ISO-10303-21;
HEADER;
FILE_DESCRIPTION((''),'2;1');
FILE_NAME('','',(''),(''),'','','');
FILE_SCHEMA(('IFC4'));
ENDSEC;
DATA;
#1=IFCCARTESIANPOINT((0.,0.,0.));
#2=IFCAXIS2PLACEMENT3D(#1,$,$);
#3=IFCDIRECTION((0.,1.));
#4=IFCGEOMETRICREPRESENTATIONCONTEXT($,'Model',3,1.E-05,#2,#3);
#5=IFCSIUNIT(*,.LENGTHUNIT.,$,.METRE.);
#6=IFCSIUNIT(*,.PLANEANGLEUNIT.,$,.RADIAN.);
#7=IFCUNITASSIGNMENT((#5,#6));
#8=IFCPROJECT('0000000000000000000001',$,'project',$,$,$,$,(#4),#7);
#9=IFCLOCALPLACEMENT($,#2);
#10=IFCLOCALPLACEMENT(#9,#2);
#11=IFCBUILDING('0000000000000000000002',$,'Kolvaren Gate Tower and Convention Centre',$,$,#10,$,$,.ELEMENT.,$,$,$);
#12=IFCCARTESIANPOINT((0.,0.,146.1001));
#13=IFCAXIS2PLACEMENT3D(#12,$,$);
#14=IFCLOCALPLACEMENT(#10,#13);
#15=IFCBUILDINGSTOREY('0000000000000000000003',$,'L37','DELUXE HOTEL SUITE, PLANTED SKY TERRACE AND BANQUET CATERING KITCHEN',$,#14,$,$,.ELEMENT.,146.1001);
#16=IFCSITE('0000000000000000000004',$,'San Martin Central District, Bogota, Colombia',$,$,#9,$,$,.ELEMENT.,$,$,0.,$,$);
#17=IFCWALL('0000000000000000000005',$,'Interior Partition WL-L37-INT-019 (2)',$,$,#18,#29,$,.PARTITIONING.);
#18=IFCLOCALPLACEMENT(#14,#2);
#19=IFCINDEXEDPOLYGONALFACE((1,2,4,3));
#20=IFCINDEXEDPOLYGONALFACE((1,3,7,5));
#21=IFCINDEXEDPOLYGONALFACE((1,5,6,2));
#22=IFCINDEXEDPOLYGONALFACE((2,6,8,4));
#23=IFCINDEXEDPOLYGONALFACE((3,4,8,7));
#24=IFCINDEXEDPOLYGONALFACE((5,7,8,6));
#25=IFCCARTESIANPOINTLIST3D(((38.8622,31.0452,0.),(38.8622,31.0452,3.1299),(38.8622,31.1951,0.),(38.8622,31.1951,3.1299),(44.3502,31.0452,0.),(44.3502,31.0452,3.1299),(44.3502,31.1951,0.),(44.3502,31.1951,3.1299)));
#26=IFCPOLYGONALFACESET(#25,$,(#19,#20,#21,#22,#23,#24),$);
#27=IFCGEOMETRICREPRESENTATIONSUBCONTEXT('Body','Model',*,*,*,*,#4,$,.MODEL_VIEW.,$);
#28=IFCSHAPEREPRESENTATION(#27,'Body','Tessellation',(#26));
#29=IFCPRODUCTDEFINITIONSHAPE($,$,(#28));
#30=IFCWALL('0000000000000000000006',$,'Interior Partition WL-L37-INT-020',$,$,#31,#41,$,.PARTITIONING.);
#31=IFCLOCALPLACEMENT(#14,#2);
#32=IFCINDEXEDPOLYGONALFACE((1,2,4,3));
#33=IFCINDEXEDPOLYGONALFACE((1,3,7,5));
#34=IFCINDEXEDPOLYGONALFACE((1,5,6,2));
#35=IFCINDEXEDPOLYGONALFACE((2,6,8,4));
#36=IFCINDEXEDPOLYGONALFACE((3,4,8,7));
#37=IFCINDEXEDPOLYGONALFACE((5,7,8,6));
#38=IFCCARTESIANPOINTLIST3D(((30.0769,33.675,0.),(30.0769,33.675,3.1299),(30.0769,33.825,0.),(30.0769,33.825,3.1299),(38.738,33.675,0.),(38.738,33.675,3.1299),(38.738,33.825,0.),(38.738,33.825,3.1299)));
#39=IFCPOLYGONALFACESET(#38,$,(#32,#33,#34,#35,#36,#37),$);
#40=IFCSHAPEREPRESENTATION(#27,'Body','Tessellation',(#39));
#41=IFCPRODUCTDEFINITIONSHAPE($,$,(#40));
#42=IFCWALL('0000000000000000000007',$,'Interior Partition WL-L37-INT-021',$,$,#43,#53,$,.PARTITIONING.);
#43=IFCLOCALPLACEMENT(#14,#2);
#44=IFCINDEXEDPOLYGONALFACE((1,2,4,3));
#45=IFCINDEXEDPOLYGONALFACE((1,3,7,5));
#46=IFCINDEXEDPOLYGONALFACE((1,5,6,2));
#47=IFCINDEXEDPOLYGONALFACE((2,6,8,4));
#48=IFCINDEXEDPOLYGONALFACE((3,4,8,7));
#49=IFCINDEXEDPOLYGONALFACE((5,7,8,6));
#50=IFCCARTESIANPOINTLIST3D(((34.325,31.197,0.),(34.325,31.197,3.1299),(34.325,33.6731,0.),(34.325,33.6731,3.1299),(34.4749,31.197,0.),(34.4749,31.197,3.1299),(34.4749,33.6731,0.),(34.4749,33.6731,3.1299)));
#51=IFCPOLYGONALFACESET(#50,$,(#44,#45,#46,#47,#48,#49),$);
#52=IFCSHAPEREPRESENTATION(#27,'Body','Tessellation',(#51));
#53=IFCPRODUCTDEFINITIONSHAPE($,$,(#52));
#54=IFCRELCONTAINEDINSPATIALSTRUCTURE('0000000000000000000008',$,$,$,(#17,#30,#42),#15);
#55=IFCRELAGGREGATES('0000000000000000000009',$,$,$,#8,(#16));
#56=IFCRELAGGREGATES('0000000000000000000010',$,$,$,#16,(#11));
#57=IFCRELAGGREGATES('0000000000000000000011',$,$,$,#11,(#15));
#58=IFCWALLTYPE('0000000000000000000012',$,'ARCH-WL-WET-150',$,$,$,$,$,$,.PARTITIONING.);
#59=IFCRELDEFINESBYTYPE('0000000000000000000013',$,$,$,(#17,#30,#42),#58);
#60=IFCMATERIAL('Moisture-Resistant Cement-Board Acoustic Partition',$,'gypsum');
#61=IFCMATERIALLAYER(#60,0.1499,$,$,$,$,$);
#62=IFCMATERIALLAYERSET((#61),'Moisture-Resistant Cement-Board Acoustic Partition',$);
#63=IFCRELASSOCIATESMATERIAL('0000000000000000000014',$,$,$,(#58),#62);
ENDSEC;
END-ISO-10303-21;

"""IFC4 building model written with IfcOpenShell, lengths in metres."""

from ifc_helpers import new_model, si_unit, direction, frame, frame_2d, origin, place, context, subcontext, project, spatial, rectangle, extrude, material, layer, layer_set, type_object, element, save


model = new_model("IFC4")

# Units and contexts
model_context = context("Model", 3, precision=1e-05, world=origin(), true_north=direction((0.0, 1.0)))
body_context = subcontext(model_context, "Body", "Model", "MODEL_VIEW")
ifc_project = project(units=[si_unit("LENGTHUNIT", "METRE"), si_unit("PLANEANGLEUNIT", "RADIAN")], contexts=[model_context])

# Site, building, storey
site_placement = place(None, origin())
site = spatial("IfcSite", under=ifc_project, at=site_placement, Name="San Martin Central District, Bogota, Colombia", CompositionType="ELEMENT", RefElevation=0.0)
building_placement = place(site_placement, origin())
building = spatial("IfcBuilding", under=site, at=building_placement, Name="Kolvaren Gate Tower and Convention Centre", CompositionType="ELEMENT")
storey_placement = place(building_placement, frame((0.0, 0.0, 146.1001)))
storey = spatial("IfcBuildingStorey", under=building, at=storey_placement, Name="L37", Description="DELUXE HOTEL SUITE, PLANTED SKY TERRACE AND BANQUET CATERING KITCHEN", CompositionType="ELEMENT", Elevation=146.1001)

# Shared definitions
ifc_material_1 = material(Name="Moisture-Resistant Cement-Board Acoustic Partition", Category="gypsum")
ifc_layer_1 = layer(ifc_material_1, 0.1499)
ifc_layer_set_1 = layer_set([ifc_layer_1], Name="Moisture-Resistant Cement-Board Acoustic Partition")
wall_type_1 = type_object("IfcWallType", Name="ARCH-WL-WET-150", PredefinedType="PARTITIONING", material=ifc_layer_set_1)

# Walls
wall_1_placement = place(storey_placement, frame((38.8621, 31.1201, 0.0), z_axis=(0.0, 0.0, 1.0), x_axis=(1.0, 0.0, 0.0)))
element("IfcWall", 1, at=wall_1_placement, inside=storey, type_object=wall_type_1, Name="Interior Partition WL-L37-INT-019 (2)", PredefinedType="PARTITIONING", context=body_context, shape_type="SweptSolid", body=[
    extrude(rectangle(XDim=5.488, YDim=0.1499, at=frame_2d((2.7441, 0.0))), origin(), (0.0, 0.0, 1.0), 3.1299),
])
wall_2_placement = place(storey_placement, frame((30.0769, 33.75, 0.0), z_axis=(0.0, 0.0, 1.0), x_axis=(1.0, 0.0, 0.0)))
element("IfcWall", 2, at=wall_2_placement, inside=storey, type_object=wall_type_1, Name="Interior Partition WL-L37-INT-020", PredefinedType="PARTITIONING", context=body_context, shape_type="SweptSolid", body=[
    extrude(rectangle(XDim=8.6611, YDim=0.1499, at=frame_2d((4.3306, 0.0))), origin(), (0.0, 0.0, 1.0), 3.1299),
])
wall_3_placement = place(storey_placement, frame((34.3999, 31.197, 0.0), z_axis=(0.0, 0.0, 1.0), x_axis=(0.0, 1.0, 0.0)))
element("IfcWall", 3, at=wall_3_placement, inside=storey, type_object=wall_type_1, Name="Interior Partition WL-L37-INT-021", PredefinedType="PARTITIONING", context=body_context, shape_type="SweptSolid", body=[
    extrude(rectangle(XDim=2.4761, YDim=0.1499, at=frame_2d((1.238, 0.0))), origin(), (0.0, 0.0, 1.0), 3.1299),
])

save(model, "model.ifc")
